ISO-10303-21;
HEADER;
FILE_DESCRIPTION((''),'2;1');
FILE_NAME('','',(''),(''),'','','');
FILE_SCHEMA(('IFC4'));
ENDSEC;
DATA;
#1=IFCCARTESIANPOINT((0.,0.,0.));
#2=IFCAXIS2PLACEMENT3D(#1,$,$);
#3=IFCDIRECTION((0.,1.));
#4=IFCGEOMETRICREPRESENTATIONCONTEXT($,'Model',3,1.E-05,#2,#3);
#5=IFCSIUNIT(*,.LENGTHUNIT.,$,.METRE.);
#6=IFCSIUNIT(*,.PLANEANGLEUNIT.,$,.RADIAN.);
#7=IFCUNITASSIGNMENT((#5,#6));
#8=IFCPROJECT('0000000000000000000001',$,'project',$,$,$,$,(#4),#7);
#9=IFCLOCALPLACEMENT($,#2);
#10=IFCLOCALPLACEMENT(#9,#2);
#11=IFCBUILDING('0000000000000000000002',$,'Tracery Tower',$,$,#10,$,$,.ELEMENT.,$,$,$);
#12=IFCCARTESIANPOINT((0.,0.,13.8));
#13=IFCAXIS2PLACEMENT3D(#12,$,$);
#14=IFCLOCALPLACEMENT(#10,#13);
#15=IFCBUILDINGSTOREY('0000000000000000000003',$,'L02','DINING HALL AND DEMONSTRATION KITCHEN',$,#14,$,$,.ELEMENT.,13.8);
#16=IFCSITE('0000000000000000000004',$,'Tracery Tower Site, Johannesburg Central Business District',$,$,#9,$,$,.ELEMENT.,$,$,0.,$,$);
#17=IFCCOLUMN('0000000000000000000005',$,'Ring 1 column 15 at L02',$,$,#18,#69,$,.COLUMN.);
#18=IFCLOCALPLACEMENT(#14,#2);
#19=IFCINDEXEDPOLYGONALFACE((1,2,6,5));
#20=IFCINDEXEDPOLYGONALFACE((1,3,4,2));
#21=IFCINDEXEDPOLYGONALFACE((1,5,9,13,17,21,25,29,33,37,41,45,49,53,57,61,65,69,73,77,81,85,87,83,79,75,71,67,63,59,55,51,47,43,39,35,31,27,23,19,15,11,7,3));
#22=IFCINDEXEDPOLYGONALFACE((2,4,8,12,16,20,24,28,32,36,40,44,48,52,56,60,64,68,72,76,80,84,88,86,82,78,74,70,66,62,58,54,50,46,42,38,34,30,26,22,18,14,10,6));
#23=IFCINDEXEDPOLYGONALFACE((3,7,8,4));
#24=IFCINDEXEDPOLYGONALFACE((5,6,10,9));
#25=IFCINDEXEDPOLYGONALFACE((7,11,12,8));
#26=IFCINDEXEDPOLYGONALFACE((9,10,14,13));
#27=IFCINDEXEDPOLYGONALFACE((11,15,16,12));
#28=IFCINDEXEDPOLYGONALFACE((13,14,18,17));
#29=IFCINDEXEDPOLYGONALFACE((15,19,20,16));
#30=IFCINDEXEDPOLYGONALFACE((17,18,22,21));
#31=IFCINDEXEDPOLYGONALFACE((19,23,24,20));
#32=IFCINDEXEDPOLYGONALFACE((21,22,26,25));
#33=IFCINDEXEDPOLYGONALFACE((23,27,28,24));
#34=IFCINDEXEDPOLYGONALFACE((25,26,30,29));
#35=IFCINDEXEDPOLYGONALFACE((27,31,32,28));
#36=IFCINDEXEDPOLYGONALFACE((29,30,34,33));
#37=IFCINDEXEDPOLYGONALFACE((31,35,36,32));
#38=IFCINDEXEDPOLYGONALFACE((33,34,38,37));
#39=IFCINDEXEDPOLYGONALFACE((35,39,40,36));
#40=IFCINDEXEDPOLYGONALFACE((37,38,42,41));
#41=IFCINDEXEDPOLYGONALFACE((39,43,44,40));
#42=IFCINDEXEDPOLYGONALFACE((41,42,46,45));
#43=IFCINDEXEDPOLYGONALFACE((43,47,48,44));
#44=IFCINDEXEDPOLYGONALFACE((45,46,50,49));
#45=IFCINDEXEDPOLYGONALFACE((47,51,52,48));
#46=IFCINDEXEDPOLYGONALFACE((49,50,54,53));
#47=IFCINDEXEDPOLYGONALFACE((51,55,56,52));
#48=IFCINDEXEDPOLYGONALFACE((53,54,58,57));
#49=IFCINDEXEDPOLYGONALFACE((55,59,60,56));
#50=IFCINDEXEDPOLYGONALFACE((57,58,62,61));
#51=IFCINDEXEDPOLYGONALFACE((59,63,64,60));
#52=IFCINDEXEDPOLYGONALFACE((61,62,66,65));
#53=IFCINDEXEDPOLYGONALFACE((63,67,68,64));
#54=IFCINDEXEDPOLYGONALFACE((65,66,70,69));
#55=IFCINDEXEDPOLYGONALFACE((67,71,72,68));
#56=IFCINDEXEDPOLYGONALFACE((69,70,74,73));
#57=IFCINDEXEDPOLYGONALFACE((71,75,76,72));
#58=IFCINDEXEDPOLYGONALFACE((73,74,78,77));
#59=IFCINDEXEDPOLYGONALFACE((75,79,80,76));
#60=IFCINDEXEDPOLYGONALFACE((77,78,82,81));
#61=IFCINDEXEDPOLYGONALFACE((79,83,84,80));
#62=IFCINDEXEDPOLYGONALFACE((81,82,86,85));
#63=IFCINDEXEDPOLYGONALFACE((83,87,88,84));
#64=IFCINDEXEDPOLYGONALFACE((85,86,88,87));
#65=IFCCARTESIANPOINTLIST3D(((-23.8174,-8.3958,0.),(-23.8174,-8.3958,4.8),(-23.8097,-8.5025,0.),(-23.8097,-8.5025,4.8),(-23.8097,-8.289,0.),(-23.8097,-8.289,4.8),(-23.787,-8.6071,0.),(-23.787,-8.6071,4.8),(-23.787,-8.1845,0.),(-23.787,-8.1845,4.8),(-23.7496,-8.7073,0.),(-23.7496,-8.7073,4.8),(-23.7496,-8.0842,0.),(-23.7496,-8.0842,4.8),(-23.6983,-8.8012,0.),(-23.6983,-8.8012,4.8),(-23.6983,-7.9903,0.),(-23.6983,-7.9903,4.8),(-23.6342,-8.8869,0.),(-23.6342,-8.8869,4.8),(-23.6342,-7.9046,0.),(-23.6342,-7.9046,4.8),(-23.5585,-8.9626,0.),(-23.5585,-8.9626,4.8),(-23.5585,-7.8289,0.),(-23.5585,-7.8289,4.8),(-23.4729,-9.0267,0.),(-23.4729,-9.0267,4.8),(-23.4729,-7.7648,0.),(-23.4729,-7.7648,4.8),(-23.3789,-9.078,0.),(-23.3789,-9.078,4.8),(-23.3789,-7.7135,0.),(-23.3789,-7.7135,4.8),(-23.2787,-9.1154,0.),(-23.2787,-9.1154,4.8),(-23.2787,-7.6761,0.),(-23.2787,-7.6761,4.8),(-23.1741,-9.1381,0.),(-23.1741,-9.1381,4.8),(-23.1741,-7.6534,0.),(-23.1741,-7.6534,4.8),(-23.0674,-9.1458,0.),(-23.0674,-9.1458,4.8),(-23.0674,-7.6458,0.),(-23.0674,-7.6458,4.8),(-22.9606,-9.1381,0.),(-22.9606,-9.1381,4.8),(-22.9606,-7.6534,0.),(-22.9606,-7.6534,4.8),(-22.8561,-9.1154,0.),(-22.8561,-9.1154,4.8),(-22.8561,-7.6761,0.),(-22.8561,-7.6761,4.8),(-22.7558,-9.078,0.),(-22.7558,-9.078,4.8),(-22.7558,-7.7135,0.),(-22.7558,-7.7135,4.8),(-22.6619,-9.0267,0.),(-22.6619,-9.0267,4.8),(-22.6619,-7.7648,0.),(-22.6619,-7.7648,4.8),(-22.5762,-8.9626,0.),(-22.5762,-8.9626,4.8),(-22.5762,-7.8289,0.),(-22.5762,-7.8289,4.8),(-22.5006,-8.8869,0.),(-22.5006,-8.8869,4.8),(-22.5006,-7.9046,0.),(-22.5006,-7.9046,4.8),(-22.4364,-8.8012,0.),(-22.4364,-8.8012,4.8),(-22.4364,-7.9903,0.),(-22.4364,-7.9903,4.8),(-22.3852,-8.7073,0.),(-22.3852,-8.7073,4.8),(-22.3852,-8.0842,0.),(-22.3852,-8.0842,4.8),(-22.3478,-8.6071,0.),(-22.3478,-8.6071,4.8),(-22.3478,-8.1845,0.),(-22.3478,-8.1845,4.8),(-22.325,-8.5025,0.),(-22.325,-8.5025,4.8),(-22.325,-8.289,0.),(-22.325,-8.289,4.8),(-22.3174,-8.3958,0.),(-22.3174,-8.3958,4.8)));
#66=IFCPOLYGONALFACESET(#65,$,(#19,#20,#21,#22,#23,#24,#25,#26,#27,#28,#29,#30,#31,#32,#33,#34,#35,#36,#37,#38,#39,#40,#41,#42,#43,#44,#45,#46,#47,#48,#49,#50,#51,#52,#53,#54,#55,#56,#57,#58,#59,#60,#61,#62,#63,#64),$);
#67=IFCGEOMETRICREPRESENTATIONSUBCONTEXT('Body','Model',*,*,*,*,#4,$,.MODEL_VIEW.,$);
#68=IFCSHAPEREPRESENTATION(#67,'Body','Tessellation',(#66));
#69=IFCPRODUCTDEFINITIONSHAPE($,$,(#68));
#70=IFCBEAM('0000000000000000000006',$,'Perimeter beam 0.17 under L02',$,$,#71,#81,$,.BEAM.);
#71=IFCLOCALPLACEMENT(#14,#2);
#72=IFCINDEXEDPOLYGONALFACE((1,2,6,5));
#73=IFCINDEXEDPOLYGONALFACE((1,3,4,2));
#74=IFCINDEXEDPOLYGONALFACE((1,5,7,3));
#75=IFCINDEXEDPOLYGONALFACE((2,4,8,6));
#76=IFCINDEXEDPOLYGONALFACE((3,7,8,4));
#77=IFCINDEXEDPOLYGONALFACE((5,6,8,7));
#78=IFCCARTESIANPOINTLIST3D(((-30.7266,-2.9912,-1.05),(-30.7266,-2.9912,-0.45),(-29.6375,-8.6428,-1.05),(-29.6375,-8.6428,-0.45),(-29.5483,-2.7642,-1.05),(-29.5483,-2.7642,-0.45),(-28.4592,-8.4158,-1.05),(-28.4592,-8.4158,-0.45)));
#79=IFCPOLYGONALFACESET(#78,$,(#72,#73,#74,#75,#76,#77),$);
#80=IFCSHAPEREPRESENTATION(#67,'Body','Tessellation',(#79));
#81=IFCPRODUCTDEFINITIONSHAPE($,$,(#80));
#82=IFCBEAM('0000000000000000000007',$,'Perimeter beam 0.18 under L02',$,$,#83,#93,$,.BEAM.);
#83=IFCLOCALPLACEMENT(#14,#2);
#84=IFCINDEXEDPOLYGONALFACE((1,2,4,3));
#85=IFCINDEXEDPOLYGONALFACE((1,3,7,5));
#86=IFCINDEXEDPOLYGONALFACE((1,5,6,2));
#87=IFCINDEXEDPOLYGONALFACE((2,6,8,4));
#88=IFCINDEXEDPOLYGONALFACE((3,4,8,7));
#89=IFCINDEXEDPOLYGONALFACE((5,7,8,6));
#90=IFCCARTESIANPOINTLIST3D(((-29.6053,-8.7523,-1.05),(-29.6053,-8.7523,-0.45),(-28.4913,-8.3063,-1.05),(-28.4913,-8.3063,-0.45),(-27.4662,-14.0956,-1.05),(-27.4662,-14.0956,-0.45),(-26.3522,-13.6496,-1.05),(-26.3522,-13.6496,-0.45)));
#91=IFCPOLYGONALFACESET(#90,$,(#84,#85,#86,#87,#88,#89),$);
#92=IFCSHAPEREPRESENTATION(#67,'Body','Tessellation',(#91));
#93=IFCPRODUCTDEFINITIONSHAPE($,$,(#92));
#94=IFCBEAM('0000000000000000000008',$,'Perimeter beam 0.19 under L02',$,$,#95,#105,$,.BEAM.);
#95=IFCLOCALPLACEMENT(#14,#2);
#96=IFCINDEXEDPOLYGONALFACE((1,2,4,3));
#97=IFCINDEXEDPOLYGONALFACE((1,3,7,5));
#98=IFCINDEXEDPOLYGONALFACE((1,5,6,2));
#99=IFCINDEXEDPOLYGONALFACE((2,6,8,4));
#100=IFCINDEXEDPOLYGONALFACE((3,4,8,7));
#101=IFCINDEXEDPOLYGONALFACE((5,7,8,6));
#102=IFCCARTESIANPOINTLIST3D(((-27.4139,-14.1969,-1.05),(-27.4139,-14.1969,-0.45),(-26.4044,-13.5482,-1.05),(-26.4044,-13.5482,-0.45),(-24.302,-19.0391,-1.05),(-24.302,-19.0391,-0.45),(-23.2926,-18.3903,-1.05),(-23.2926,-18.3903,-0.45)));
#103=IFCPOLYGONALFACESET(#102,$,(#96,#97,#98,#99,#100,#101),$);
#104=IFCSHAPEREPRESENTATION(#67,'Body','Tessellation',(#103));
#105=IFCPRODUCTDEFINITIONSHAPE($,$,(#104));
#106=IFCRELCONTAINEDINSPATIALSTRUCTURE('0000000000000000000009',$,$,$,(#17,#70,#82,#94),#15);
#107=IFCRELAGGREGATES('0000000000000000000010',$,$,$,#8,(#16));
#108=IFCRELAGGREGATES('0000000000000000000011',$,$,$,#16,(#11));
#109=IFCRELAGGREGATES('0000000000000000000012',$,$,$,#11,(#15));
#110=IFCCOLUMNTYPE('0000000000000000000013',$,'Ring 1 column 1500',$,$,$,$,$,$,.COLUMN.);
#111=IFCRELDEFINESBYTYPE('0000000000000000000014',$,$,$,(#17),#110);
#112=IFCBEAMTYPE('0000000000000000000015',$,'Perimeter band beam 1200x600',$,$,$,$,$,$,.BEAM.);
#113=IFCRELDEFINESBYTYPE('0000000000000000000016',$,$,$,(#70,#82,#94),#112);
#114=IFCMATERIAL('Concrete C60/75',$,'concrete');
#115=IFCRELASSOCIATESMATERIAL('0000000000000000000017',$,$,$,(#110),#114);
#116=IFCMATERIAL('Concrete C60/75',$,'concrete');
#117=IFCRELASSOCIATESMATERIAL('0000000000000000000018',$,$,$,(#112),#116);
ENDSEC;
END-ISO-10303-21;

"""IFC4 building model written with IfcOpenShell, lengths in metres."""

from ifc_helpers import new_model, si_unit, direction, frame, origin, origin_2d, place, context, subcontext, project, spatial, rectangle, circle, extrude, material, material_profile, profile_set, type_object, element, save


model = new_model("IFC4")

# Units and contexts
model_context = context("Model", 3, precision=1e-05, world=origin(), true_north=direction((0.0, 1.0)))
body_context = subcontext(model_context, "Body", "Model", "MODEL_VIEW")
ifc_project = project(units=[si_unit("LENGTHUNIT", "METRE"), si_unit("PLANEANGLEUNIT", "RADIAN")], contexts=[model_context])

# Site, building, storey
site_placement = place(None, origin())
site = spatial("IfcSite", under=ifc_project, at=site_placement, Name="Tracery Tower Site, Johannesburg Central Business District", CompositionType="ELEMENT", RefElevation=0.0)
building_placement = place(site_placement, origin())
building = spatial("IfcBuilding", under=site, at=building_placement, Name="Tracery Tower", CompositionType="ELEMENT")
storey_placement = place(building_placement, frame((0.0, 0.0, 13.8)))
storey = spatial("IfcBuildingStorey", under=building, at=storey_placement, Name="L02", Description="DINING HALL AND DEMONSTRATION KITCHEN", CompositionType="ELEMENT", Elevation=13.8)

# Column
ifc_material_1 = material(Name="Concrete C60/75", Category="concrete")
ifc_material_profile_1 = material_profile(ifc_material_1, circle(Radius=0.75, at=origin_2d()), Name="RC D1500")
ifc_profile_set_1 = profile_set([ifc_material_profile_1], Name="Concrete C60/75")
column_type_1 = type_object("IfcColumnType", Name="Ring 1 column 1500", PredefinedType="COLUMN", material=ifc_profile_set_1)
for number, where, z_axis, x_axis, name in (
    (1, (-23.0674, -8.3958, 0.0), (0.0, 0.0, 1.0), (1.0, 0.0, 0.0), "Ring 1 column 15 at L02"),
):
    element("IfcColumn", number, at=place(storey_placement, frame(where, z_axis=z_axis, x_axis=x_axis)), inside=storey, type_object=column_type_1, Name=name, PredefinedType="COLUMN", context=body_context, shape_type="SweptSolid", body=[
        extrude(circle(Radius=0.75, at=origin_2d()), origin(), (0.0, 0.0, 1.0), 4.8),
    ])

# Beams
ifc_material_2 = material(Name="Concrete C60/75", Category="concrete")
ifc_material_profile_2 = material_profile(ifc_material_2, rectangle(XDim=1.2, YDim=0.6001, at=origin_2d()), Name="RC 1200x600")
ifc_profile_set_2 = profile_set([ifc_material_profile_2], Name="Concrete C60/75")
beam_type = type_object("IfcBeamType", Name="Perimeter band beam 1200x600", PredefinedType="BEAM", material=ifc_profile_set_2)
for number, where, z_axis, x_axis, name in (
    (2, (-30.1375, -2.8777, -0.75), (0.189227, -0.981933, 0.0), (0.981933, 0.189227, 0.0), "Perimeter beam 0.17 under L02"),
    (3, (-29.0483, -8.5293, -0.75), (0.371669, -0.928365, 0.0), (0.928365, 0.371669, 0.0), "Perimeter beam 0.18 under L02"),
):
    element("IfcBeam", number, at=place(storey_placement, frame(where, z_axis=z_axis, x_axis=x_axis)), inside=storey, type_object=beam_type, Name=name, PredefinedType="BEAM", context=body_context, shape_type="SweptSolid", body=[
        extrude(rectangle(XDim=1.2, YDim=0.6001, at=origin_2d()), origin(), (0.0, 0.0, 1.0), 5.7556),
    ])
beam_placement = place(storey_placement, frame((-26.9092, -13.8726, -0.75), z_axis=(0.540644, -0.841252, 0.0), x_axis=(0.841252, 0.540644, 0.0)))
element("IfcBeam", 4, at=beam_placement, inside=storey, type_object=beam_type, Name="Perimeter beam 0.19 under L02", PredefinedType="BEAM", context=body_context, shape_type="SweptSolid", body=[
    extrude(rectangle(XDim=1.2, YDim=0.6001, at=origin_2d()), origin(), (0.0, 0.0, 1.0), 5.7559),
])

save(model, "model.ifc")
